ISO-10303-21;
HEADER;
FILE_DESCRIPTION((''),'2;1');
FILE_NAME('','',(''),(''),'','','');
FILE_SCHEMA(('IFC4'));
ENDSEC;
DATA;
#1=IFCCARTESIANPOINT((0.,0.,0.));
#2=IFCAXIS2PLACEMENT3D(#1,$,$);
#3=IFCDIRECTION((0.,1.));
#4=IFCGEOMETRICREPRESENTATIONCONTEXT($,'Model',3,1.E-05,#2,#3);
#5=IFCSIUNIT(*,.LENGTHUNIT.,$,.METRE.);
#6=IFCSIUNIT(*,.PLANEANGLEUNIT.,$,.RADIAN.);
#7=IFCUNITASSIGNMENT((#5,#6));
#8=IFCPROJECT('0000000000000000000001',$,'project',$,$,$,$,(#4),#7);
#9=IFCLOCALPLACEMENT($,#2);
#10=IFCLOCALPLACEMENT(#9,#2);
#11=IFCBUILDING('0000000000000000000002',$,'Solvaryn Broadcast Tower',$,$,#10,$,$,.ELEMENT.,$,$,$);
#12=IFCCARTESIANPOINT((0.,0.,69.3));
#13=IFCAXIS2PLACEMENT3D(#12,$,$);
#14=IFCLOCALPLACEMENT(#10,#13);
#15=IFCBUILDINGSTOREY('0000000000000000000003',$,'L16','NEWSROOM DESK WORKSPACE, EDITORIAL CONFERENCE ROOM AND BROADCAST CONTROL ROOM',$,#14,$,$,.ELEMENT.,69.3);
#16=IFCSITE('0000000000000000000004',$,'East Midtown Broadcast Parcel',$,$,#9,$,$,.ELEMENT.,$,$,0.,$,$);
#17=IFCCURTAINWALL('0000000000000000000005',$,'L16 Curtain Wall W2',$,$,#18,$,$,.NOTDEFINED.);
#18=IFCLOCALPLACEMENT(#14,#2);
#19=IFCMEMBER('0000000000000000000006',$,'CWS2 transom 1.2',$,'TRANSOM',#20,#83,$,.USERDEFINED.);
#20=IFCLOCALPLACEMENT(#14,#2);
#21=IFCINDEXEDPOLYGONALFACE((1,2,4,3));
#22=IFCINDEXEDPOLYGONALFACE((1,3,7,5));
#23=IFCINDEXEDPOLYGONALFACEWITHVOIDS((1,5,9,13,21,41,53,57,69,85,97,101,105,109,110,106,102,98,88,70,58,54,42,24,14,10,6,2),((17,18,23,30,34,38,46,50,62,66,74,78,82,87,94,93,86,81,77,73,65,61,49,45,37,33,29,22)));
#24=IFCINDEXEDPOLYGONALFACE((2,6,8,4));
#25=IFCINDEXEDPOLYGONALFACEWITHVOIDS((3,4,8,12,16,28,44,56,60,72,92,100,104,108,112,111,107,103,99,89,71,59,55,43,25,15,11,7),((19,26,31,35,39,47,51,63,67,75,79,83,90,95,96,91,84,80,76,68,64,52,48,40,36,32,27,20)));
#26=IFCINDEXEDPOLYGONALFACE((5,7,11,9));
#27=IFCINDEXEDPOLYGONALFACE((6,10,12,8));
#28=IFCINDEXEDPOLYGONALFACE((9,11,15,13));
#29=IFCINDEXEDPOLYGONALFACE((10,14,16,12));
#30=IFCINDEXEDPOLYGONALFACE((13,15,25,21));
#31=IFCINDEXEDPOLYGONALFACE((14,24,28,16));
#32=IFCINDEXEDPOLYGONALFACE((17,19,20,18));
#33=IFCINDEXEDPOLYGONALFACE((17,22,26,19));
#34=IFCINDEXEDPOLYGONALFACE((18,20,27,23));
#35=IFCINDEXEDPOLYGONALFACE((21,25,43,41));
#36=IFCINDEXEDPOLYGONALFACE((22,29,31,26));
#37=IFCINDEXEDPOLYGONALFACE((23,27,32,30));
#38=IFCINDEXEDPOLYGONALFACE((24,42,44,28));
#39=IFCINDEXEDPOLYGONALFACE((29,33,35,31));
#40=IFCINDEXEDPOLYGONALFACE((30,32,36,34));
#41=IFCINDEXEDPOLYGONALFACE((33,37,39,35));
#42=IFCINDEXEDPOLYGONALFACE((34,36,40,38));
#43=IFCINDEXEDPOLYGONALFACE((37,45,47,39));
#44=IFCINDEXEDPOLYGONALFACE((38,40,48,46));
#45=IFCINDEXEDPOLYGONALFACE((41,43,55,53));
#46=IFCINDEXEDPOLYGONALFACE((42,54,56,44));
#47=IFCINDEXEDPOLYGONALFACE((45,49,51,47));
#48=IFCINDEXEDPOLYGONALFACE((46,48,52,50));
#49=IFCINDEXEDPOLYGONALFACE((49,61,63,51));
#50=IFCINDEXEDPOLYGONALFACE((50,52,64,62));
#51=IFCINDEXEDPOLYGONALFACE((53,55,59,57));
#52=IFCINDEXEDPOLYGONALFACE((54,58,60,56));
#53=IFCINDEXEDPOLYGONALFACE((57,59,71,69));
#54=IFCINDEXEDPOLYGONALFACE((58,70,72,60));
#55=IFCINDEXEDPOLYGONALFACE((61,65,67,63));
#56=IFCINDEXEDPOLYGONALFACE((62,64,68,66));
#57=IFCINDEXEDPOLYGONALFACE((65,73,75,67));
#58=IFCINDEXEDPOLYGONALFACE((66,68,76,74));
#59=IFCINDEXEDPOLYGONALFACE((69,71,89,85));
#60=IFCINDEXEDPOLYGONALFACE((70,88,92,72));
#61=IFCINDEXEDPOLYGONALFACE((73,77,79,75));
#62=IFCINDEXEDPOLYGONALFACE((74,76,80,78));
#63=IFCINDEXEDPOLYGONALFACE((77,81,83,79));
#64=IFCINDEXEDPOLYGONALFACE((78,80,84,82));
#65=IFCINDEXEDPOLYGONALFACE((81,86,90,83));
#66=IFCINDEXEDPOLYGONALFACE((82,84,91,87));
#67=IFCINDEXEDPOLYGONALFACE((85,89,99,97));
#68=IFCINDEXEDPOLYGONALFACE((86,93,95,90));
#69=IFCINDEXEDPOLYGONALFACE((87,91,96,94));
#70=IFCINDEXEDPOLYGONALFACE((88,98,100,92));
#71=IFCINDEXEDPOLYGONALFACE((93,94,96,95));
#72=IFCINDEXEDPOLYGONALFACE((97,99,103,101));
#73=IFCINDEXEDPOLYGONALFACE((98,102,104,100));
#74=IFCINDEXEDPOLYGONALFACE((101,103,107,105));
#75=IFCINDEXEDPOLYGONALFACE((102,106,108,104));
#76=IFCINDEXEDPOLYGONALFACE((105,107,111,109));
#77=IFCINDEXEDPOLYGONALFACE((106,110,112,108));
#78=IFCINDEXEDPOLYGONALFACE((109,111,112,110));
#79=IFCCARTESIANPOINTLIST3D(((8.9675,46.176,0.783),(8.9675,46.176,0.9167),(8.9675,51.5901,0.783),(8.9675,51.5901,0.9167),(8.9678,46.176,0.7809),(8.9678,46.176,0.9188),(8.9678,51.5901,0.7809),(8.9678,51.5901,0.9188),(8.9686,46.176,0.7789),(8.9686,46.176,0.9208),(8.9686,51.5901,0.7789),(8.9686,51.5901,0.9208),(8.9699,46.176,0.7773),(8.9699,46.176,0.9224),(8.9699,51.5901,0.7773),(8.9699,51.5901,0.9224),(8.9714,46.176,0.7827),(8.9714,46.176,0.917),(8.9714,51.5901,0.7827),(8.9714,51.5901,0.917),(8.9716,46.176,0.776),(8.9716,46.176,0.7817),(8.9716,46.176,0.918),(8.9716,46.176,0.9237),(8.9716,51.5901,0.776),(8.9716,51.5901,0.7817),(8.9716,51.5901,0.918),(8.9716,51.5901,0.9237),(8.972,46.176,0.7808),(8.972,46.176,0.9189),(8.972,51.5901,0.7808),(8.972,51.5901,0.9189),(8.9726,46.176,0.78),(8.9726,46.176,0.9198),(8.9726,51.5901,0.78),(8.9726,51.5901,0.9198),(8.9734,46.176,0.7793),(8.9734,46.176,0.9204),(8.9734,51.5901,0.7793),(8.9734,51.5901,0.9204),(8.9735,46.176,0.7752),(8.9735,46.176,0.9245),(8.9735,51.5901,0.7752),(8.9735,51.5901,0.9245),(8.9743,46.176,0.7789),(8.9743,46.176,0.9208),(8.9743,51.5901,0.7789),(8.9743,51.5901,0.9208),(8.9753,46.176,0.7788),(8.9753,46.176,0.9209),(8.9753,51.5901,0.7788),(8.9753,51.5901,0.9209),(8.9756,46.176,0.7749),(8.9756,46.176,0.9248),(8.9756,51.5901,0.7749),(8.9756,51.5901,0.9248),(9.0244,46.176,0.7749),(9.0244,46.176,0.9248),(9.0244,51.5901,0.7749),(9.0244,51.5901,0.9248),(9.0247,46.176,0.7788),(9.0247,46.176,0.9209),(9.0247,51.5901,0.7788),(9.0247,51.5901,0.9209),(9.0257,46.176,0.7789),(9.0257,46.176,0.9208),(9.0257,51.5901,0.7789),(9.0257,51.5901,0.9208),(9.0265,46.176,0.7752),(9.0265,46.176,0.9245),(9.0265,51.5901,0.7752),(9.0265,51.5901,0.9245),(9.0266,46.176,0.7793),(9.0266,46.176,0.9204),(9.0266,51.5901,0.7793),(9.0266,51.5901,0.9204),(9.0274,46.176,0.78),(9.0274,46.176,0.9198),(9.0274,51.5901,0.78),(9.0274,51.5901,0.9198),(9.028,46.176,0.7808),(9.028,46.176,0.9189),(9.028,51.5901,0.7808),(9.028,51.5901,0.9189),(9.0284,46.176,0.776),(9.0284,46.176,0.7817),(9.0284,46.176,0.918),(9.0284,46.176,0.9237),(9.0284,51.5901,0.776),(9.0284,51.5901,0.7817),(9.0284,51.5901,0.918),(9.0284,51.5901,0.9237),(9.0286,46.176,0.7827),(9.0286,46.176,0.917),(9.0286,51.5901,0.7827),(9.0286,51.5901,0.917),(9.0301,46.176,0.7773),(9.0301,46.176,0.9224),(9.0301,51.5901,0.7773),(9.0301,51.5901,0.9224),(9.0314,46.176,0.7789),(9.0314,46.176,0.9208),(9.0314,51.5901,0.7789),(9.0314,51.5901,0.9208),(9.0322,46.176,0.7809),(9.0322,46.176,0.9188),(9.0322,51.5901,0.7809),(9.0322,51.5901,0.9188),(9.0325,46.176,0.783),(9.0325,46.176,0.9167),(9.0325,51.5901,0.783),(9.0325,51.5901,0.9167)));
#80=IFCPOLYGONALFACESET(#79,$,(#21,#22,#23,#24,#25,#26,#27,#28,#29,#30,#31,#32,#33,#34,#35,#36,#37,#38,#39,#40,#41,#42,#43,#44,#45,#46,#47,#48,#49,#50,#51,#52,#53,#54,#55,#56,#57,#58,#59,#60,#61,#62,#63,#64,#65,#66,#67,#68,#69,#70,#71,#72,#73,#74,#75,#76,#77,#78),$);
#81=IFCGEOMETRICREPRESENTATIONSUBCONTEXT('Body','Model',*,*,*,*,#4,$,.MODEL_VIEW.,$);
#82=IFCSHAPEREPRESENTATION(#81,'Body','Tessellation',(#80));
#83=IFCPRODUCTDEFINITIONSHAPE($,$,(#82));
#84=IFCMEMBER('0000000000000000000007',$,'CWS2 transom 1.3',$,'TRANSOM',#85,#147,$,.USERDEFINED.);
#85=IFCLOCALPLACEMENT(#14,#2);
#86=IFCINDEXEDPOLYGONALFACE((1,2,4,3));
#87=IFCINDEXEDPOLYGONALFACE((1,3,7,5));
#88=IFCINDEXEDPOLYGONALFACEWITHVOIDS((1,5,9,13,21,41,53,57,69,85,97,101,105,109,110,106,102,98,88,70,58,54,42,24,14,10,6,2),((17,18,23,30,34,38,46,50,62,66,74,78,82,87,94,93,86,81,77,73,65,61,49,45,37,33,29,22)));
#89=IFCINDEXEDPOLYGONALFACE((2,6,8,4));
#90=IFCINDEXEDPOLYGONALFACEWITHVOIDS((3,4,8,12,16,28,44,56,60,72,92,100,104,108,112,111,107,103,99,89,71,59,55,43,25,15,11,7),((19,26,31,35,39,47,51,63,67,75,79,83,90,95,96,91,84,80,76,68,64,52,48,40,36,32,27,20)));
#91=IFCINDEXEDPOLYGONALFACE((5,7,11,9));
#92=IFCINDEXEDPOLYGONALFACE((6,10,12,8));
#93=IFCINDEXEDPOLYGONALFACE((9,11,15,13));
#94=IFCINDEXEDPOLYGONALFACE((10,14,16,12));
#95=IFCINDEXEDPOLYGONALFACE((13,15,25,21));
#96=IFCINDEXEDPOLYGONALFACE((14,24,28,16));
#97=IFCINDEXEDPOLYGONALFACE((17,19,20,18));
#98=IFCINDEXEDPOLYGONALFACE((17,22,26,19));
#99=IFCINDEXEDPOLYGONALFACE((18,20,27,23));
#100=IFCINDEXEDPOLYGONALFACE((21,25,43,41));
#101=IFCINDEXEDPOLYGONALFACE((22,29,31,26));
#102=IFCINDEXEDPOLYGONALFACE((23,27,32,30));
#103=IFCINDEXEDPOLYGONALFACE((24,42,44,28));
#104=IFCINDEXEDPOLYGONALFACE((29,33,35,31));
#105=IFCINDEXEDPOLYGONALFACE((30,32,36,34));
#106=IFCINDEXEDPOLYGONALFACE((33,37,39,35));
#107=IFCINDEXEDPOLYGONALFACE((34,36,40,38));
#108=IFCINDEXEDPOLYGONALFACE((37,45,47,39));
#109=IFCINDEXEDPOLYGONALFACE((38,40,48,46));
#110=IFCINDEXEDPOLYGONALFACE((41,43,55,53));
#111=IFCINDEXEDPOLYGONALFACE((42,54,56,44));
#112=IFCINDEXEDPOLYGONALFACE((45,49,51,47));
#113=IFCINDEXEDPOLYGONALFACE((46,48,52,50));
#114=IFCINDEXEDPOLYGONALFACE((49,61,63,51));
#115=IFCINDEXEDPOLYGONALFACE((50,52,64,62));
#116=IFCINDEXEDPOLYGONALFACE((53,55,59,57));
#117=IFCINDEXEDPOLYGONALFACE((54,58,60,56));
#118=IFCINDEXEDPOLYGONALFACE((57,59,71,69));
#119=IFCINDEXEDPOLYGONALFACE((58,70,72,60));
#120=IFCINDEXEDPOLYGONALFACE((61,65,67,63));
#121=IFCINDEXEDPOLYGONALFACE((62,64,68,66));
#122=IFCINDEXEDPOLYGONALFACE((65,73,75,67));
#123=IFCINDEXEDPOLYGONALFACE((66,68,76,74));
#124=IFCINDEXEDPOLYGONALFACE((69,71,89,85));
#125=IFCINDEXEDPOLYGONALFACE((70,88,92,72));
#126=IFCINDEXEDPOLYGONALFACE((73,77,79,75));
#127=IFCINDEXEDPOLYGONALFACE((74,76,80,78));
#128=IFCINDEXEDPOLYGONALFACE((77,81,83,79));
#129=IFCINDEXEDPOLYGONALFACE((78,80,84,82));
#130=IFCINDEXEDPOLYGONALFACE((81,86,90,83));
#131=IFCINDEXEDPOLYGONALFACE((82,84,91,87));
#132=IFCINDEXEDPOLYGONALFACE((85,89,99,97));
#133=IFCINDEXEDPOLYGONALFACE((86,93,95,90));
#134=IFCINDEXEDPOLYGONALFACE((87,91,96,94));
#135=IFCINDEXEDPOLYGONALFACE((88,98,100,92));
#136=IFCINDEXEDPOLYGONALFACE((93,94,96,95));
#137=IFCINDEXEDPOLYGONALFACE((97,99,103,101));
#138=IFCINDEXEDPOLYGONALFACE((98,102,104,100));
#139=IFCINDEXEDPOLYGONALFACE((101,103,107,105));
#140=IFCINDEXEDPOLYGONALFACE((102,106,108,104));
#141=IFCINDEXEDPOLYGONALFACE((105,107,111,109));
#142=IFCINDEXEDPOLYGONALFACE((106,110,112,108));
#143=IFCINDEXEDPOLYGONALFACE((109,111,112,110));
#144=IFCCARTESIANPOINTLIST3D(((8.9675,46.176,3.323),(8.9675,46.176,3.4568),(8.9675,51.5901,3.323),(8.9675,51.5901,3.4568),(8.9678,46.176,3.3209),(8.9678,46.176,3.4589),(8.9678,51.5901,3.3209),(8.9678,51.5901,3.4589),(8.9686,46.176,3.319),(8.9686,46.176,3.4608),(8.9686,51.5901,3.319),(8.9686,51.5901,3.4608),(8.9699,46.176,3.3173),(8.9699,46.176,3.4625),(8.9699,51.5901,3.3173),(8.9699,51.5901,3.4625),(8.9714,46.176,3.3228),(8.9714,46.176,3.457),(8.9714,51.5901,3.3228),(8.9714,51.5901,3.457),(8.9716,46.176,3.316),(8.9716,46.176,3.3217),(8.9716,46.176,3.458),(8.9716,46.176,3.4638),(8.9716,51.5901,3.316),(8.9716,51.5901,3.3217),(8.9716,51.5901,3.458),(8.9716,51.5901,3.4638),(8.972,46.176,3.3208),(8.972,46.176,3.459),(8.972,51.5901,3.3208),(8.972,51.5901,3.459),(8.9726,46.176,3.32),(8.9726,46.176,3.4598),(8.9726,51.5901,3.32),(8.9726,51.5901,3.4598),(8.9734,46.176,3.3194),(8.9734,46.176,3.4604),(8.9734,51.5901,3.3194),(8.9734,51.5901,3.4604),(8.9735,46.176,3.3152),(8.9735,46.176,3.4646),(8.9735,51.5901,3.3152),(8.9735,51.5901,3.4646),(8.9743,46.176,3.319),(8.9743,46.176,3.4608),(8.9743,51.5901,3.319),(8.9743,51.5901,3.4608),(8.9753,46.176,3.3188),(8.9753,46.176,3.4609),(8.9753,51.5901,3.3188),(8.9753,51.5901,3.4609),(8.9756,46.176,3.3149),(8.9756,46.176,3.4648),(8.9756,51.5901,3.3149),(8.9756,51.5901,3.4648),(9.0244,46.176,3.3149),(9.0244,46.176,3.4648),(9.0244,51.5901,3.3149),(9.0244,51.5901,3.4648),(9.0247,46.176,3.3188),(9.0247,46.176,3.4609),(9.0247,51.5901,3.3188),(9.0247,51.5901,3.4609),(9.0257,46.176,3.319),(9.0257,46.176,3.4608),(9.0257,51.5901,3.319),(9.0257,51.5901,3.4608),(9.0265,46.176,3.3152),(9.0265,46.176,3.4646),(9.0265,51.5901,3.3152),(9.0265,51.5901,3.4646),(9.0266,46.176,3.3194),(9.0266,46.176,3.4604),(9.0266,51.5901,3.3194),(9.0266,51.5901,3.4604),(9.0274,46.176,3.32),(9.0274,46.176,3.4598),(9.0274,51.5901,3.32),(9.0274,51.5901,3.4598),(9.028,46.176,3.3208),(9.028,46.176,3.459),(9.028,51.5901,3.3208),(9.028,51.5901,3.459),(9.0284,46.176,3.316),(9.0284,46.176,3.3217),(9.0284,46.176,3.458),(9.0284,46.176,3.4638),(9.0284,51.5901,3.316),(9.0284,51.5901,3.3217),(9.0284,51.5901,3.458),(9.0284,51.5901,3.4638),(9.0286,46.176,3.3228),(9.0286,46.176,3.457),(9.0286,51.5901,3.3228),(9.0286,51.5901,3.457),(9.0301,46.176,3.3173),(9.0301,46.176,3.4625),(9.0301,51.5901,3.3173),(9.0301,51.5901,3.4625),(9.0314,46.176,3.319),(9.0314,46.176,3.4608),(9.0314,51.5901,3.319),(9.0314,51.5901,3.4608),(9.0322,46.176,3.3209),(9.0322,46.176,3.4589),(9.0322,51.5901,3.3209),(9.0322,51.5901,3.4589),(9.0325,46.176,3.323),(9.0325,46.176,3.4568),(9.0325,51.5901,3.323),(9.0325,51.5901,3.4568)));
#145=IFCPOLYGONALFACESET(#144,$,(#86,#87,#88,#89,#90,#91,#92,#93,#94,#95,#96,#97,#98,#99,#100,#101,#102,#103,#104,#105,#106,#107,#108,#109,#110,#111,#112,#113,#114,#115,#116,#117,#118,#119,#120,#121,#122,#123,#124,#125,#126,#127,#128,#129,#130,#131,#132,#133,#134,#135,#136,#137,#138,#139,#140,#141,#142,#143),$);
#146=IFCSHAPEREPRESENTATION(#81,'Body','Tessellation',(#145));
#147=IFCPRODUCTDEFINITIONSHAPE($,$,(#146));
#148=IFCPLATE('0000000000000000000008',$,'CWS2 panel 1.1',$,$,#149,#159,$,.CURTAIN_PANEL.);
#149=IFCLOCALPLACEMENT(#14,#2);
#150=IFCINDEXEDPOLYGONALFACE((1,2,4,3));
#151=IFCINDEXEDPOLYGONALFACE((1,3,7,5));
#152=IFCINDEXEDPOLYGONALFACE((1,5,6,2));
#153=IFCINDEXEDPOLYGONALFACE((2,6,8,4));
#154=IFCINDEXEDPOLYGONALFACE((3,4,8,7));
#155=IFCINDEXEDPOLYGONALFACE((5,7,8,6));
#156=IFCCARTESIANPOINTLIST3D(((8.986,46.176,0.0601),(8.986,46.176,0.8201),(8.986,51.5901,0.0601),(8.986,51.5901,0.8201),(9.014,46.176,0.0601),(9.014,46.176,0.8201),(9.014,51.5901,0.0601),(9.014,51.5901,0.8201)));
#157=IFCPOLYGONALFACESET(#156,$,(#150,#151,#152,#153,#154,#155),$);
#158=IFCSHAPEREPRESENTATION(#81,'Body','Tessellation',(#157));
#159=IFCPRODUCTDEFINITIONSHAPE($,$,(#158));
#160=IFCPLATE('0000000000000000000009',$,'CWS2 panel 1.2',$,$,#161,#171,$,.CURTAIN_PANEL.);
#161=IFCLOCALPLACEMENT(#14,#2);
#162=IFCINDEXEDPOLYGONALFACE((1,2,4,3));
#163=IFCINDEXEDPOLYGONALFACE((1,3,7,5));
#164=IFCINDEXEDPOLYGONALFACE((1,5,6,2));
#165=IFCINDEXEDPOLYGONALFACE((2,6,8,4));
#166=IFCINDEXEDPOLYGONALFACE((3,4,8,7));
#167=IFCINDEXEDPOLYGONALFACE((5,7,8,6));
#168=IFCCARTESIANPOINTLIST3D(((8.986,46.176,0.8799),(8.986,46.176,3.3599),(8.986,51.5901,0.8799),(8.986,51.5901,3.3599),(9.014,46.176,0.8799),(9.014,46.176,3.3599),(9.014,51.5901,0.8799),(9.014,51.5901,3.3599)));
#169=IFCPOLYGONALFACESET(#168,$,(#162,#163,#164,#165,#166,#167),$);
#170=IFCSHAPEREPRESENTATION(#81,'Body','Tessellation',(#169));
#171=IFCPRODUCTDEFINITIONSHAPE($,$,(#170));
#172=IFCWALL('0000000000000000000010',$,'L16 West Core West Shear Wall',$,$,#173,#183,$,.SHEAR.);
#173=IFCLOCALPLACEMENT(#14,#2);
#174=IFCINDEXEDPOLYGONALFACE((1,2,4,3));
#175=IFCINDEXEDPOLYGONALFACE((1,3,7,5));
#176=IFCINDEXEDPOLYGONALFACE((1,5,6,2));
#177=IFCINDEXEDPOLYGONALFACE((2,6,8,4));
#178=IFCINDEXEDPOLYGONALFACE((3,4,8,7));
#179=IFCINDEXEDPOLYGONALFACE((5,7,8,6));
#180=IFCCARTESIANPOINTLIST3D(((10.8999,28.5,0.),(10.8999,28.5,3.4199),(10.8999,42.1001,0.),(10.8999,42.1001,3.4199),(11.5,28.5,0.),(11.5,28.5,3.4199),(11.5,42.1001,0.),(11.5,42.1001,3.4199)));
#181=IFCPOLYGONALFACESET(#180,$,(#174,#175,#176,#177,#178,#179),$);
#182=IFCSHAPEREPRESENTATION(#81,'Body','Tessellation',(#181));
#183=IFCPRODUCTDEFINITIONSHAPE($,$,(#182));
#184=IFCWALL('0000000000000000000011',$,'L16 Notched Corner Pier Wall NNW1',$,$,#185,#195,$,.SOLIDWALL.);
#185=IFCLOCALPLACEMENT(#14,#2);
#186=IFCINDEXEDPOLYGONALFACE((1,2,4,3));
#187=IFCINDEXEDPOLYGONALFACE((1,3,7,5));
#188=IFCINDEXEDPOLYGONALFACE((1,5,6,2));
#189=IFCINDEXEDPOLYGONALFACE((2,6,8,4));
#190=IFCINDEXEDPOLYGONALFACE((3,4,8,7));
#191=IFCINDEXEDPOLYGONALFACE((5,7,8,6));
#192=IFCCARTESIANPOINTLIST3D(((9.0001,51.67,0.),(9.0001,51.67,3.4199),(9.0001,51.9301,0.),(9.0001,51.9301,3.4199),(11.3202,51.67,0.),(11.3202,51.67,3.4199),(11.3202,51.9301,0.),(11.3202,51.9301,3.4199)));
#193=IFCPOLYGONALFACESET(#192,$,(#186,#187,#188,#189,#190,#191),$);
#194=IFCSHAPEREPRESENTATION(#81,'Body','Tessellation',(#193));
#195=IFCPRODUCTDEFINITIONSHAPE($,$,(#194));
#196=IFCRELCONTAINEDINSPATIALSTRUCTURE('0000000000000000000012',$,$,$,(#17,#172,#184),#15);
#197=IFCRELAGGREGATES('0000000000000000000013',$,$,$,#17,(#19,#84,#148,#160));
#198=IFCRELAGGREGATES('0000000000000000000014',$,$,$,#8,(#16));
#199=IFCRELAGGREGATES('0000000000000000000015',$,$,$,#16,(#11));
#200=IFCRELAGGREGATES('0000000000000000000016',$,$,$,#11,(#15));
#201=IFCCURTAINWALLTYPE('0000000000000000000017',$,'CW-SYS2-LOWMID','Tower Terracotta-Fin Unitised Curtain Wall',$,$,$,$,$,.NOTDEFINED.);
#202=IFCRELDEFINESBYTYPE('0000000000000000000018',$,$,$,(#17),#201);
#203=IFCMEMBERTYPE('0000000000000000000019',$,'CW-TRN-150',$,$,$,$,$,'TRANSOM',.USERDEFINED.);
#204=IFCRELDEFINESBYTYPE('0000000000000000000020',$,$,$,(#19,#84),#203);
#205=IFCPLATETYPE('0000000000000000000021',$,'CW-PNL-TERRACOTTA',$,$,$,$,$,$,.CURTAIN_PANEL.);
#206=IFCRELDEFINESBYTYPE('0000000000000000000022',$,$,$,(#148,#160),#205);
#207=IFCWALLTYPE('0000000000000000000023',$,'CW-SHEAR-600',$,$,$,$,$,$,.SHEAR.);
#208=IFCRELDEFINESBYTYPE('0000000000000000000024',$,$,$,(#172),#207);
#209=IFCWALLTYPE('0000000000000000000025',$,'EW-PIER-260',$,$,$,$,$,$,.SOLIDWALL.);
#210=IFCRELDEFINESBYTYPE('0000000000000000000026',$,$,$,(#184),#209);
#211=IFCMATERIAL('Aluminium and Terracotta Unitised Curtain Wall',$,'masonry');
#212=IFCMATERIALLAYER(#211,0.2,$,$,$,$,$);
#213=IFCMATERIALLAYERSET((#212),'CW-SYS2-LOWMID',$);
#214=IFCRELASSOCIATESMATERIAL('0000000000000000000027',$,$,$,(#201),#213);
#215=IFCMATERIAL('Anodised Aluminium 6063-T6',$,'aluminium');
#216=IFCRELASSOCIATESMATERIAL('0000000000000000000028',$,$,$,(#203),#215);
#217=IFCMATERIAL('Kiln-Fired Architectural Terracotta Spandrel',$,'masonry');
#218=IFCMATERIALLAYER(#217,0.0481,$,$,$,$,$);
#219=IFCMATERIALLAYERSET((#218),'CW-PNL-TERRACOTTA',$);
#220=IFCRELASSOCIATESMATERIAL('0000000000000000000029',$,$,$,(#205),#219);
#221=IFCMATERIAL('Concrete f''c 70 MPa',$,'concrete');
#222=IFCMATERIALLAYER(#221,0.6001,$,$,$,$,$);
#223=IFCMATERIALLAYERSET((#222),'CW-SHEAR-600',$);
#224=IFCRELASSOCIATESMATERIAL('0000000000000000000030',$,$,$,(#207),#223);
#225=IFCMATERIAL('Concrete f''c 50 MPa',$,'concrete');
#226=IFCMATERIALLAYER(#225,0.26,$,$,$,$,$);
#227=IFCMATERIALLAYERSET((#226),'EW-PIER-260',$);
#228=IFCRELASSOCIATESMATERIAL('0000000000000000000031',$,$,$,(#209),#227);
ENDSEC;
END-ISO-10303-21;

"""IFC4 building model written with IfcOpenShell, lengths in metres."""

from ifc_helpers import new_model, si_unit, direction, frame, frame_2d, origin, origin_2d, place, context, subcontext, project, spatial, rectangle, hollow_rectangle, extrude, material, layer, layer_set, material_profile, profile_set, type_object, element, aggregate, save


model = new_model("IFC4")

# Units and contexts
model_context = context("Model", 3, precision=1e-05, world=origin(), true_north=direction((0.0, 1.0)))
body_context = subcontext(model_context, "Body", "Model", "MODEL_VIEW")
ifc_project = project(units=[si_unit("LENGTHUNIT", "METRE"), si_unit("PLANEANGLEUNIT", "RADIAN")], contexts=[model_context])

# Site, building, storey
site_placement = place(None, origin())
site = spatial("IfcSite", under=ifc_project, at=site_placement, Name="East Midtown Broadcast Parcel", CompositionType="ELEMENT", RefElevation=0.0)
building_placement = place(site_placement, origin())
building = spatial("IfcBuilding", under=site, at=building_placement, Name="Solvaryn Broadcast Tower", CompositionType="ELEMENT")
storey_placement = place(building_placement, frame((0.0, 0.0, 69.3)))
storey = spatial("IfcBuildingStorey", under=building, at=storey_placement, Name="L16", Description="NEWSROOM DESK WORKSPACE, EDITORIAL CONFERENCE ROOM AND BROADCAST CONTROL ROOM", CompositionType="ELEMENT", Elevation=69.3)

# Shared definitions
ifc_material_1 = material(Name="Aluminium and Terracotta Unitised Curtain Wall", Category="masonry")
ifc_layer_1 = layer(ifc_material_1, 0.2)
ifc_layer_set_1 = layer_set([ifc_layer_1], Name="CW-SYS2-LOWMID")
curtain_wall_type = type_object("IfcCurtainWallType", Name="CW-SYS2-LOWMID", Description="Tower Terracotta-Fin Unitised Curtain Wall", PredefinedType="NOTDEFINED", material=ifc_layer_set_1)

# Curtain wall
curtain_wall_1_placement = place(storey_placement, origin())
curtain_wall_1 = element("IfcCurtainWall", 1, at=curtain_wall_1_placement, inside=storey, type_object=curtain_wall_type, Name="L16 Curtain Wall W2", PredefinedType="NOTDEFINED")

# Members
ifc_material_2 = material(Name="Anodised Aluminium 6063-T6", Category="aluminium")
ifc_material_profile_1 = material_profile(ifc_material_2, hollow_rectangle(XDim=0.0649, YDim=0.1499, WallThickness=0.0039, InnerFilletRadius=0.0039, OuterFilletRadius=0.0081, at=origin_2d()))
ifc_profile_set_1 = profile_set([ifc_material_profile_1], Name="Anodised Aluminium 6063-T6")
member_type_1 = type_object("IfcMemberType", Name="CW-TRN-150", ElementType="TRANSOM", PredefinedType="USERDEFINED", material=ifc_profile_set_1)
member_1_placement = place(storey_placement, frame((9.0, 46.176, 0.8499), z_axis=(0.0, 1.0, 0.0), x_axis=(-1.0, 0.0, 0.0)))
member_1 = element("IfcMember", 2, at=member_1_placement, type_object=member_type_1, Name="CWS2 transom 1.2", ObjectType="TRANSOM", PredefinedType="USERDEFINED", context=body_context, shape_type="SweptSolid", body=[
    extrude(hollow_rectangle(XDim=0.0649, YDim=0.1499, WallThickness=0.0039, InnerFilletRadius=0.0039, OuterFilletRadius=0.0081, at=origin_2d()), origin(), (0.0, 0.0, 1.0), 5.4141),
])
member_2_placement = place(storey_placement, frame((9.0, 46.176, 3.3899), z_axis=(0.0, 1.0, 0.0), x_axis=(-1.0, 0.0, 0.0)))
member_2 = element("IfcMember", 3, at=member_2_placement, type_object=member_type_1, Name="CWS2 transom 1.3", ObjectType="TRANSOM", PredefinedType="USERDEFINED", context=body_context, shape_type="SweptSolid", body=[
    extrude(hollow_rectangle(XDim=0.0649, YDim=0.1499, WallThickness=0.0039, InnerFilletRadius=0.0039, OuterFilletRadius=0.0081, at=origin_2d()), origin(), (0.0, 0.0, 1.0), 5.4141),
])

# Plates
ifc_material_3 = material(Name="Kiln-Fired Architectural Terracotta Spandrel", Category="masonry")
ifc_layer_2 = layer(ifc_material_3, 0.0481)
ifc_layer_set_2 = layer_set([ifc_layer_2], Name="CW-PNL-TERRACOTTA")
plate_type = type_object("IfcPlateType", Name="CW-PNL-TERRACOTTA", PredefinedType="CURTAIN_PANEL", material=ifc_layer_set_2)
plate_1_placement = place(storey_placement, frame((9.0, 48.8831, 0.0601), z_axis=(0.0, 0.0, 1.0), x_axis=(0.0, 1.0, 0.0)))
plate_1 = element("IfcPlate", 4, at=plate_1_placement, type_object=plate_type, Name="CWS2 panel 1.1", PredefinedType="CURTAIN_PANEL", context=body_context, shape_type="SweptSolid", body=[
    extrude(rectangle(XDim=5.4141, YDim=0.0281, at=origin_2d()), origin(), (0.0, 0.0, 1.0), 0.76),
])
plate_2_placement = place(storey_placement, frame((9.0, 48.8831, 0.8799), z_axis=(0.0, 0.0, 1.0), x_axis=(0.0, 1.0, 0.0)))
plate_2 = element("IfcPlate", 5, at=plate_2_placement, type_object=plate_type, Name="CWS2 panel 1.2", PredefinedType="CURTAIN_PANEL", context=body_context, shape_type="SweptSolid", body=[
    extrude(rectangle(XDim=5.4141, YDim=0.0281, at=origin_2d()), origin(), (0.0, 0.0, 1.0), 2.48),
])
aggregate(curtain_wall_1, [member_1, member_2, plate_1, plate_2])

# Walls
ifc_material_4 = material(Name="Concrete f'c 70 MPa", Category="concrete")
ifc_layer_3 = layer(ifc_material_4, 0.6001)
ifc_layer_set_3 = layer_set([ifc_layer_3], Name="CW-SHEAR-600")
wall_type_1 = type_object("IfcWallType", Name="CW-SHEAR-600", PredefinedType="SHEAR", material=ifc_layer_set_3)
wall_1_placement = place(storey_placement, frame((11.2, 42.1001, 0.0), z_axis=(0.0, 0.0, 1.0), x_axis=(0.0, -1.0, 0.0)))
element("IfcWall", 6, at=wall_1_placement, inside=storey, type_object=wall_type_1, Name="L16 West Core West Shear Wall", PredefinedType="SHEAR", context=body_context, shape_type="SweptSolid", body=[
    extrude(rectangle(XDim=13.6001, YDim=0.6001, at=frame_2d((6.8, 0.0))), origin(), (0.0, 0.0, 1.0), 3.4199),
])
ifc_material_5 = material(Name="Concrete f'c 50 MPa", Category="concrete")
ifc_layer_4 = layer(ifc_material_5, 0.26)
ifc_layer_set_4 = layer_set([ifc_layer_4], Name="EW-PIER-260")
wall_type_2 = type_object("IfcWallType", Name="EW-PIER-260", PredefinedType="SOLIDWALL", material=ifc_layer_set_4)
wall_2_placement = place(storey_placement, frame((9.0, 51.8, 0.0), z_axis=(0.0, 0.0, 1.0), x_axis=(1.0, 0.0, 0.0)))
element("IfcWall", 7, at=wall_2_placement, inside=storey, type_object=wall_type_2, Name="L16 Notched Corner Pier Wall NNW1", PredefinedType="SOLIDWALL", context=body_context, shape_type="SweptSolid", body=[
    extrude(rectangle(XDim=2.3201, YDim=0.26, at=frame_2d((1.1602, 0.0))), origin(), (0.0, 0.0, 1.0), 3.4199),
])

save(model, "model.ifc")
